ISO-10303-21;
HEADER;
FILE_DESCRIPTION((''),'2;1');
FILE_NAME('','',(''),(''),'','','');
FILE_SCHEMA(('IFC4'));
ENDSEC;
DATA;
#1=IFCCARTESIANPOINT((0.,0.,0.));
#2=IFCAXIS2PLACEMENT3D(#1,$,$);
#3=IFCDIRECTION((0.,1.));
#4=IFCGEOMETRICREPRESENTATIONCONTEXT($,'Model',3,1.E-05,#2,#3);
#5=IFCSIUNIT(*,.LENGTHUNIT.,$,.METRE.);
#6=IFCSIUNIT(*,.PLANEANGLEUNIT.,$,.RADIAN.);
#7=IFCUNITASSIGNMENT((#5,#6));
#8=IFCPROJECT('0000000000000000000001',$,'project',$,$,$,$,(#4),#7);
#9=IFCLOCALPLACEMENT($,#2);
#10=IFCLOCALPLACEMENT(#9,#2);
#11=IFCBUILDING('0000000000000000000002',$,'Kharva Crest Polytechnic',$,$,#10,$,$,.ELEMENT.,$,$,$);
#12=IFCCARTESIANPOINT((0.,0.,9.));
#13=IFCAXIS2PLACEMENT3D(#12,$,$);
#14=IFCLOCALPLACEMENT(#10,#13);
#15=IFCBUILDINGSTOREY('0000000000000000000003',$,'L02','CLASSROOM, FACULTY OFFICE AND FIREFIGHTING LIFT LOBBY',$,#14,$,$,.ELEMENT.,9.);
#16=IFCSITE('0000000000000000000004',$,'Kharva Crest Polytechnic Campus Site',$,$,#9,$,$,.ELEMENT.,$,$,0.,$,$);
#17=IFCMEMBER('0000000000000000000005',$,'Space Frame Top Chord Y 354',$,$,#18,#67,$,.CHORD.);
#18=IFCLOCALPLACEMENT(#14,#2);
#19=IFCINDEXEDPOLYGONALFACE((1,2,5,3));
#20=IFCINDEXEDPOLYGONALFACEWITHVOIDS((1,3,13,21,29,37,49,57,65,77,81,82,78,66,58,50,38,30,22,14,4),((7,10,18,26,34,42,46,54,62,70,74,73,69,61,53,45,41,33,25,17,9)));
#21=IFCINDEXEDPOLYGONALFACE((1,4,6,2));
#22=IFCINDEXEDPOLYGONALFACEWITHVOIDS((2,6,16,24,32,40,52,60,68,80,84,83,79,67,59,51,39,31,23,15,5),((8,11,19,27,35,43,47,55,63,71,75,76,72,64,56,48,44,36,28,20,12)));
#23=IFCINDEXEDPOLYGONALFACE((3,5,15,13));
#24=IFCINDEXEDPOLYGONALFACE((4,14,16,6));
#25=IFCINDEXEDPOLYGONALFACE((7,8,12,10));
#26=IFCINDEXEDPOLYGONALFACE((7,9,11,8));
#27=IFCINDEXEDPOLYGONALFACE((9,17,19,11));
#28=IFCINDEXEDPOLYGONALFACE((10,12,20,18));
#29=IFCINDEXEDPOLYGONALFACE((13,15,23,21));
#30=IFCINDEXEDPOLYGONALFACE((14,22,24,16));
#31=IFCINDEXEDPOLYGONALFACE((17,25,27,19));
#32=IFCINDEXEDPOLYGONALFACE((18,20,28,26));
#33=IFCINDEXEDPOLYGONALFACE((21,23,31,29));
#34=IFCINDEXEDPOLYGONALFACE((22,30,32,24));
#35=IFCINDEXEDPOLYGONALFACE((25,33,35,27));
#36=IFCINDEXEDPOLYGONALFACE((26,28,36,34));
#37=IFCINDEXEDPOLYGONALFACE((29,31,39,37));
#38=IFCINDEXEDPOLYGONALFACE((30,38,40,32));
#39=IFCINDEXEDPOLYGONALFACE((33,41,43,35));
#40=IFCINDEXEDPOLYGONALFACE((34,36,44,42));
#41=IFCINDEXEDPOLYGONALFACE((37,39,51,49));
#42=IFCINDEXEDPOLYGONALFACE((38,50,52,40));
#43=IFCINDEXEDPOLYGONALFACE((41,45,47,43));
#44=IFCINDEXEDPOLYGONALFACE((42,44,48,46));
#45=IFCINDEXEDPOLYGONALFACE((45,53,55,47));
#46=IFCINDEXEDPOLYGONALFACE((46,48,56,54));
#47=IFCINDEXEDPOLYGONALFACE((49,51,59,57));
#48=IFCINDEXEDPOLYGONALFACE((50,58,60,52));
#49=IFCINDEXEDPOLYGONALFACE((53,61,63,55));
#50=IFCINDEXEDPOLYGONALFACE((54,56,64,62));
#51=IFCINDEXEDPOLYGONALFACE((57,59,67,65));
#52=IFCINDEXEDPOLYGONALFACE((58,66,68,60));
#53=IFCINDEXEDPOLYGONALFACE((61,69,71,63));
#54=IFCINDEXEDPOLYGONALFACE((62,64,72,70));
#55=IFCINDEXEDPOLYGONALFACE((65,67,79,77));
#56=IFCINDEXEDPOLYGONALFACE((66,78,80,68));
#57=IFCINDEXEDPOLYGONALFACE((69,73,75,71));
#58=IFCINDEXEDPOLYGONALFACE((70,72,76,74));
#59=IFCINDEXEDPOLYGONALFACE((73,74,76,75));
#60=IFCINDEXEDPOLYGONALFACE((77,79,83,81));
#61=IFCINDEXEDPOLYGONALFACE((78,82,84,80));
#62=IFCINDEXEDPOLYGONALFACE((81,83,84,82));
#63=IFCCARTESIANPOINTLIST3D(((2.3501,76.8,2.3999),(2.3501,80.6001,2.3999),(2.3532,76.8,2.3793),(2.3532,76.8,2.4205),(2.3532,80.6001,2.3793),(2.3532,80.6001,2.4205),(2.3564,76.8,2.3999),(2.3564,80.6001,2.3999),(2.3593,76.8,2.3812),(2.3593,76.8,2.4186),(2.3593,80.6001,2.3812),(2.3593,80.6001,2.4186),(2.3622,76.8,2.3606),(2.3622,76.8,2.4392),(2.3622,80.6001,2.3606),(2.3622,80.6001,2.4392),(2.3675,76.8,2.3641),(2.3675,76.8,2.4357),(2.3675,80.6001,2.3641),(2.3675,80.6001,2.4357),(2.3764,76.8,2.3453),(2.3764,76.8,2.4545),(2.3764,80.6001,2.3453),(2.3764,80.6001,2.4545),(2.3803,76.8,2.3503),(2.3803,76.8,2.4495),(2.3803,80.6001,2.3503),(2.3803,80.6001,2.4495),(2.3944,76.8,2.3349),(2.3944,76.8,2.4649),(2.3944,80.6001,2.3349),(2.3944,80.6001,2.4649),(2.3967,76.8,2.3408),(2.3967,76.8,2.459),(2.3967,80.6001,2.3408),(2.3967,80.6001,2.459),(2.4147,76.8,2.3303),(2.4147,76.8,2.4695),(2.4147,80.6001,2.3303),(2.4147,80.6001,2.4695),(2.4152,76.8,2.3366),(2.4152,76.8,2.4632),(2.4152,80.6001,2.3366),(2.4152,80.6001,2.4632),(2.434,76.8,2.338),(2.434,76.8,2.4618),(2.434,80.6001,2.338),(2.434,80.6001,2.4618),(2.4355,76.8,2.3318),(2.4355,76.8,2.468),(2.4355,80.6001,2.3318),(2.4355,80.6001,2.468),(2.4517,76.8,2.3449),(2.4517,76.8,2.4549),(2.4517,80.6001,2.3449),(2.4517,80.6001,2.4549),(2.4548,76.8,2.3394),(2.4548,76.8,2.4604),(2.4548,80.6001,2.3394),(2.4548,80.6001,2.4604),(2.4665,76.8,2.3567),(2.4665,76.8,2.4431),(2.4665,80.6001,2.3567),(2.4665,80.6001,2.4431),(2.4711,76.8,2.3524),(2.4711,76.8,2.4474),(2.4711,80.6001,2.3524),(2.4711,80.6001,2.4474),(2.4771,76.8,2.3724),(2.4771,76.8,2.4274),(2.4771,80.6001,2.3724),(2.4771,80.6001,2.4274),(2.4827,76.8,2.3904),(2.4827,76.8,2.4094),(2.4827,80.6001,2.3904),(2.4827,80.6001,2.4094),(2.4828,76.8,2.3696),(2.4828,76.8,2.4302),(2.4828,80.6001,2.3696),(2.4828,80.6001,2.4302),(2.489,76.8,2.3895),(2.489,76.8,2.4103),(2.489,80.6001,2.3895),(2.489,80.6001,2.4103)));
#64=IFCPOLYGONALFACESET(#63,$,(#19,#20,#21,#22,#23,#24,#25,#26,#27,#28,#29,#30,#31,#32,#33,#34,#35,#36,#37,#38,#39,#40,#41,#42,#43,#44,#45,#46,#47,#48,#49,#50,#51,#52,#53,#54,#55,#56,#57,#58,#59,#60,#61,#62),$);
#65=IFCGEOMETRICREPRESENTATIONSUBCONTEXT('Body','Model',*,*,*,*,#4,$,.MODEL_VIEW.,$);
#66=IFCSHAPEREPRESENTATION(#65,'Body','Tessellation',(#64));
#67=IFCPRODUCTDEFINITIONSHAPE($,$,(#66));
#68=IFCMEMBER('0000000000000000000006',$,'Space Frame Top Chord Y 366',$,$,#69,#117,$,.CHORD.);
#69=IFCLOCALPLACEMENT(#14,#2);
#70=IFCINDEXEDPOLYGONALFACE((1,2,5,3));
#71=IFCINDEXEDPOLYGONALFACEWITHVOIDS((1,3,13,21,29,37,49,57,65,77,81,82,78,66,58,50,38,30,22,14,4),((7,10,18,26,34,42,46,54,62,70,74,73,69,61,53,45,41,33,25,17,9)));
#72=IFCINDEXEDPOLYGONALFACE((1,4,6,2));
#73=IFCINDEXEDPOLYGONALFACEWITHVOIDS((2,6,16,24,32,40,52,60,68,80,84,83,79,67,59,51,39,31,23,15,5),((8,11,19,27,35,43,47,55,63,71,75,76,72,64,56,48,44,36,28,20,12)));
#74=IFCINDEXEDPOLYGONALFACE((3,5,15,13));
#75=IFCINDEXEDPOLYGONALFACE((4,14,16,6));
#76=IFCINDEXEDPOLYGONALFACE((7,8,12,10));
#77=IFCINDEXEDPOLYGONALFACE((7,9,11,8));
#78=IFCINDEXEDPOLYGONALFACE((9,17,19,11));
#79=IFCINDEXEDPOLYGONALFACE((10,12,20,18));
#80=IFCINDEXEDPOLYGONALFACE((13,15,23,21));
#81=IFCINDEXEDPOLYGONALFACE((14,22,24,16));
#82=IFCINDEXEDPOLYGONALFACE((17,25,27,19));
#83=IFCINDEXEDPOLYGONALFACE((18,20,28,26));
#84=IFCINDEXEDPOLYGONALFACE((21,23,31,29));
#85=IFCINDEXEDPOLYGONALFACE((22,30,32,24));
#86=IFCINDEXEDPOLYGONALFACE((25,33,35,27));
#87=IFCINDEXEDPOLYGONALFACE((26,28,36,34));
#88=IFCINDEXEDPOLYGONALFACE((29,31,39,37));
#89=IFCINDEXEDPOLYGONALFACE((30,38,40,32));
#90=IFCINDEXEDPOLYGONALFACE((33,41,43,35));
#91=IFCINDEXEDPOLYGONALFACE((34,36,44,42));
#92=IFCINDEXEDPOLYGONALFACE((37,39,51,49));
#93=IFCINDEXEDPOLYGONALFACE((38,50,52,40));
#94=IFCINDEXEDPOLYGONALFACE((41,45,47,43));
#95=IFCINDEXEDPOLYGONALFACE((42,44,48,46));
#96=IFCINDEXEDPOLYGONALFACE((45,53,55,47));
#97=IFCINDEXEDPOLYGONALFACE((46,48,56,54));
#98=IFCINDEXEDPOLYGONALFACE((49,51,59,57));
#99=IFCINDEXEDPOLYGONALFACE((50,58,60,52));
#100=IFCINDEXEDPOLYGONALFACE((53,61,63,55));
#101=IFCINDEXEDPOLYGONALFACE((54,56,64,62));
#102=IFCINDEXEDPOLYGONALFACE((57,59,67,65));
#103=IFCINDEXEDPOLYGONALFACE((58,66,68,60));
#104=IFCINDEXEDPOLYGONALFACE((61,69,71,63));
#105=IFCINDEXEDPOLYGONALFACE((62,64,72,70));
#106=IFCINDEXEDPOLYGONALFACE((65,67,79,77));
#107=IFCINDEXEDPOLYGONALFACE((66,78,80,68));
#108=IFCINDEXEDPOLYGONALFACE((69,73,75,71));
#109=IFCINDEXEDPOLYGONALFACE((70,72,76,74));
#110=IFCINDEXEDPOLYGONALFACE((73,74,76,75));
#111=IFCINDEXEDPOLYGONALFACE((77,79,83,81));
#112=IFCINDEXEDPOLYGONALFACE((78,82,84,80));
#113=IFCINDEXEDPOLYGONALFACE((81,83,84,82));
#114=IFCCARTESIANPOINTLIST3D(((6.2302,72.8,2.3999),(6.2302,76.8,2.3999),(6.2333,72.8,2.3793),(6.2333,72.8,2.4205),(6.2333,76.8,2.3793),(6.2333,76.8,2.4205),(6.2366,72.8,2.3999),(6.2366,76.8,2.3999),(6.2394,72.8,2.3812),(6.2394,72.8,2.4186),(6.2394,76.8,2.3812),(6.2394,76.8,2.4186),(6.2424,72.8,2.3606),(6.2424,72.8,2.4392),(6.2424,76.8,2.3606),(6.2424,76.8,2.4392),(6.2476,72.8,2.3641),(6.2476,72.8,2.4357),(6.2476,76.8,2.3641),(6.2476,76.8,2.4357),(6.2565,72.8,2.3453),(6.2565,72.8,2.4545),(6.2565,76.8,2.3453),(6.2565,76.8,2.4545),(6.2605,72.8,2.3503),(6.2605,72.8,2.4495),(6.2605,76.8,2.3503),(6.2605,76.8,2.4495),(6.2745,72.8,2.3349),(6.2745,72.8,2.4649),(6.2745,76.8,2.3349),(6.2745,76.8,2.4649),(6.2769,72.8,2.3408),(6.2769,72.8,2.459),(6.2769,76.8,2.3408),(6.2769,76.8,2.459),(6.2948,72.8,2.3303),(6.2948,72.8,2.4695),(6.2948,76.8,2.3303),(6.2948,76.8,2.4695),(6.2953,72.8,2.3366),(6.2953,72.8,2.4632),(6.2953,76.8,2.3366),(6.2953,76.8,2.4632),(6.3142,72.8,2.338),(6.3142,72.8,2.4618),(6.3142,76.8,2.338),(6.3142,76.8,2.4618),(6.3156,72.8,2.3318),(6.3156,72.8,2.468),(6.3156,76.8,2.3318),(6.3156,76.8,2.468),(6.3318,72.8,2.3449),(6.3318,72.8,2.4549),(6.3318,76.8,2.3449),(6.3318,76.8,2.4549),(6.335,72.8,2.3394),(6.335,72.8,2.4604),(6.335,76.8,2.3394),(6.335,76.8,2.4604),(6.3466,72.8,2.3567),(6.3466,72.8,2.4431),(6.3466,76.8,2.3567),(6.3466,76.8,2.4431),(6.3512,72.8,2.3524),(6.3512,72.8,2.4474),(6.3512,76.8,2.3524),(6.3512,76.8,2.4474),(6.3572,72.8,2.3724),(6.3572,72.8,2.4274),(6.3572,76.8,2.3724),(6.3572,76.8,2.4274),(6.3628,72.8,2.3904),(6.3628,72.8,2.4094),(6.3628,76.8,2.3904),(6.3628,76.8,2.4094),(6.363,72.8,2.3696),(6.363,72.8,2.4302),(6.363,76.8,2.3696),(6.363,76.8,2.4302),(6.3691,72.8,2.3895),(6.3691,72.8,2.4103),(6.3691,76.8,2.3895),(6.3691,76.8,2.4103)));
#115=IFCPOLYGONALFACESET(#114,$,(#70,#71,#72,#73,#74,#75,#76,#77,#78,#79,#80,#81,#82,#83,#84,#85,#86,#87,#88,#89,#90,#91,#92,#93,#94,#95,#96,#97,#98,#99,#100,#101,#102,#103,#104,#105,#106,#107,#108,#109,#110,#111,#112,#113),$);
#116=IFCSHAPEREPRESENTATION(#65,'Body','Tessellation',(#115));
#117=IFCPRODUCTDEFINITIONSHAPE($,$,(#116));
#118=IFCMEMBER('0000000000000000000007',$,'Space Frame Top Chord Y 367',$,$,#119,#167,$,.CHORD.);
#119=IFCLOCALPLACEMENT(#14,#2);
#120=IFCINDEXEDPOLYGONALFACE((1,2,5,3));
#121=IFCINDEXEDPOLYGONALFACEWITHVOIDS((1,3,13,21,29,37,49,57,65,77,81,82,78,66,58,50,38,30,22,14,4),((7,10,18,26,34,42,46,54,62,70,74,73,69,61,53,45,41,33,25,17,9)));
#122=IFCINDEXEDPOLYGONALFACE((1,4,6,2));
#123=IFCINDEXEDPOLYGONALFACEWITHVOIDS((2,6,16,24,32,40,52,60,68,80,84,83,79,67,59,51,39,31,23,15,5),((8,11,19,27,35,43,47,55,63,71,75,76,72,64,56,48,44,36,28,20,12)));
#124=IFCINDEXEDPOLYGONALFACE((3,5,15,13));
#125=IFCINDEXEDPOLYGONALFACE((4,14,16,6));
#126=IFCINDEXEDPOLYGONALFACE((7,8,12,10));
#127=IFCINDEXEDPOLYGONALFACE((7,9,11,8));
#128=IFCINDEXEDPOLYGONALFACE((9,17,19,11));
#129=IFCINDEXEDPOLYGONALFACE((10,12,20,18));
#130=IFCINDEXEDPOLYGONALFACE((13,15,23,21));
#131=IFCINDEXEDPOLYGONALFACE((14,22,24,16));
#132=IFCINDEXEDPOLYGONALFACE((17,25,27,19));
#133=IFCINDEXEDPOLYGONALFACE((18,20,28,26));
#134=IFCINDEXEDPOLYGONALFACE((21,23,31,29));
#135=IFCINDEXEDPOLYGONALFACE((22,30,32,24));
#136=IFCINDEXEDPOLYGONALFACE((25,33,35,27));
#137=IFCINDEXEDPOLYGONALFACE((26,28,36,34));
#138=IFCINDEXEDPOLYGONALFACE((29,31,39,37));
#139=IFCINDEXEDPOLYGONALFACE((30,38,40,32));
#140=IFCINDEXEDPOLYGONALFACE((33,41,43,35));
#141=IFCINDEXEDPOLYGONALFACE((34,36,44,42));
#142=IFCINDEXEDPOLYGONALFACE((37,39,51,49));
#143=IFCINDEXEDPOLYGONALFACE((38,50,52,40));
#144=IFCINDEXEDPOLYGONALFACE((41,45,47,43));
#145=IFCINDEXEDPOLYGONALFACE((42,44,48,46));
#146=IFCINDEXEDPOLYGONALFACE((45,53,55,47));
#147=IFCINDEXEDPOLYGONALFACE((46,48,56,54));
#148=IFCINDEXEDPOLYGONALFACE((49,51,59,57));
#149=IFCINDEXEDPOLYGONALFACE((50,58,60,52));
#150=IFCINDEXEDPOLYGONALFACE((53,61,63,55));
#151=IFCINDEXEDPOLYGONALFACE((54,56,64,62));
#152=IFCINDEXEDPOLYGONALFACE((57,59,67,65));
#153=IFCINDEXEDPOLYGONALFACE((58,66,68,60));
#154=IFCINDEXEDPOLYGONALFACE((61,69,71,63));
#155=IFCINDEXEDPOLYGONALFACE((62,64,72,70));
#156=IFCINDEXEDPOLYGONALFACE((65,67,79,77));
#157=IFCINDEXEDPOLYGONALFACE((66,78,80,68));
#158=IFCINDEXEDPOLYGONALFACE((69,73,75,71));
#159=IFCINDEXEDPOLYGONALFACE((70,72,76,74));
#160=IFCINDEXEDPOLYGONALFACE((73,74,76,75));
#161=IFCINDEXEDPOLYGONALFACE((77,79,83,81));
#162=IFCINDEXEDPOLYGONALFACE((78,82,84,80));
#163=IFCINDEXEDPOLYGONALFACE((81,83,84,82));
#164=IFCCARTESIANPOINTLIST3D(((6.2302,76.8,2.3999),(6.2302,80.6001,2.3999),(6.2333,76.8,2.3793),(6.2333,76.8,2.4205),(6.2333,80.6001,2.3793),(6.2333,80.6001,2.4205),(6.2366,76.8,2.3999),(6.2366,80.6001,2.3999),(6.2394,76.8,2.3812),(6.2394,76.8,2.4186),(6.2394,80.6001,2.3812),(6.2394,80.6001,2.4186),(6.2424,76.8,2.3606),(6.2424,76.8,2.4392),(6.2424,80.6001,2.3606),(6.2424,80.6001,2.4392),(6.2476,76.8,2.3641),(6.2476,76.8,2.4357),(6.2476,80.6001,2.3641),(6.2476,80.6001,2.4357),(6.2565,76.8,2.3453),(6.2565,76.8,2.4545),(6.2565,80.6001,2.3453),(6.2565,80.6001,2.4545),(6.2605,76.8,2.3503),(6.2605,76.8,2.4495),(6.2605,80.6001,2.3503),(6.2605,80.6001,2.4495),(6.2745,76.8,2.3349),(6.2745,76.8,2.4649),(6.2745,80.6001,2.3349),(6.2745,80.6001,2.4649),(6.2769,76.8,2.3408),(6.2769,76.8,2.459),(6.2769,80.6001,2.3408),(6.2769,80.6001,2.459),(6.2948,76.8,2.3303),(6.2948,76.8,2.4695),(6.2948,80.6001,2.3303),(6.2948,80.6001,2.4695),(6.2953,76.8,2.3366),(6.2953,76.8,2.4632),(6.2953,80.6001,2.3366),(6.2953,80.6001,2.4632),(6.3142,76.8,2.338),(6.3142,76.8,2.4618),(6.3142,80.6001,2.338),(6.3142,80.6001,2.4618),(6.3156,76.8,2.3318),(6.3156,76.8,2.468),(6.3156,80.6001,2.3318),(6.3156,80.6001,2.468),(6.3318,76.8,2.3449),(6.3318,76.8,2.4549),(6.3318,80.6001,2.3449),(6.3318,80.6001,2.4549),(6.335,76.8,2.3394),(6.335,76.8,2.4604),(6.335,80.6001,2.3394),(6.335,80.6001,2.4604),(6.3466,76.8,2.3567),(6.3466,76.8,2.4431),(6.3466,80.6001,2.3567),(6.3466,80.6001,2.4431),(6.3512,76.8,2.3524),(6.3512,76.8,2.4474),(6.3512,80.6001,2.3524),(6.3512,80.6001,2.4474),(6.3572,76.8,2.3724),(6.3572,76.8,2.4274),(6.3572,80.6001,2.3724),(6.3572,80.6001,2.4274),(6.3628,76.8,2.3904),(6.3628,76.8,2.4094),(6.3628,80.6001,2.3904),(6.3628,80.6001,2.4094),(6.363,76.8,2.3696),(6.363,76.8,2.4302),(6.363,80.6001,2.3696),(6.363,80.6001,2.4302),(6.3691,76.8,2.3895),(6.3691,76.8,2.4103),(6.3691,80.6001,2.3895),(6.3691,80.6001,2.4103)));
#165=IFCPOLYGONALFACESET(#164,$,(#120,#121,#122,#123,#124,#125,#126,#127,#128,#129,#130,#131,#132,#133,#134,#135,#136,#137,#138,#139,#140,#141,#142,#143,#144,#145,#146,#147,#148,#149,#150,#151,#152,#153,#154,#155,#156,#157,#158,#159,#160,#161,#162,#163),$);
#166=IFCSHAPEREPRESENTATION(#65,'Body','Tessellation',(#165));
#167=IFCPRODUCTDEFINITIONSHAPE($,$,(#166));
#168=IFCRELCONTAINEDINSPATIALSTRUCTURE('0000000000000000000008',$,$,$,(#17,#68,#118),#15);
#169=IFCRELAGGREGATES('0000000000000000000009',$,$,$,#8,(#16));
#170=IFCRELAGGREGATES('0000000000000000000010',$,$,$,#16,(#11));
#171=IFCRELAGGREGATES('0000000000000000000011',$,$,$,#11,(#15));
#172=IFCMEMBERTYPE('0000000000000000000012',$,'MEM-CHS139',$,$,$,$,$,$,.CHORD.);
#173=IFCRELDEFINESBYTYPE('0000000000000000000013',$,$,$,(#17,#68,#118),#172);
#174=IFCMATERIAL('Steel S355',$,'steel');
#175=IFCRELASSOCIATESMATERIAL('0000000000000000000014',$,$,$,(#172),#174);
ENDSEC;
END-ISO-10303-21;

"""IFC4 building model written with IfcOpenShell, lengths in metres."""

from ifc_helpers import new_model, si_unit, direction, frame, origin, origin_2d, place, context, subcontext, project, spatial, hollow_circle, extrude, material, material_profile, profile_set, type_object, element, save


model = new_model("IFC4")

# Units and contexts
model_context = context("Model", 3, precision=1e-05, world=origin(), true_north=direction((0.0, 1.0)))
body_context = subcontext(model_context, "Body", "Model", "MODEL_VIEW")
ifc_project = project(units=[si_unit("LENGTHUNIT", "METRE"), si_unit("PLANEANGLEUNIT", "RADIAN")], contexts=[model_context])

# Site, building, storey
site_placement = place(None, origin())
site = spatial("IfcSite", under=ifc_project, at=site_placement, Name="Kharva Crest Polytechnic Campus Site", CompositionType="ELEMENT", RefElevation=0.0)
building_placement = place(site_placement, origin())
building = spatial("IfcBuilding", under=site, at=building_placement, Name="Kharva Crest Polytechnic", CompositionType="ELEMENT")
storey_placement = place(building_placement, frame((0.0, 0.0, 9.0)))
storey = spatial("IfcBuildingStorey", under=building, at=storey_placement, Name="L02", Description="CLASSROOM, FACULTY OFFICE AND FIREFIGHTING LIFT LOBBY", CompositionType="ELEMENT", Elevation=9.0)

# Shared definitions
ifc_material_1 = material(Name="Steel S355", Category="steel")

# Members
ifc_material_profile_1 = material_profile(ifc_material_1, hollow_circle(Radius=0.0698, WallThickness=0.0063, at=origin_2d()), Name="CHS 139.7X6.3")
ifc_profile_set_1 = profile_set([ifc_material_profile_1], Name="Steel S355")
member_type_1 = type_object("IfcMemberType", Name="MEM-CHS139", PredefinedType="CHORD", material=ifc_profile_set_1)
member_1_placement = place(storey_placement, frame((2.4199, 76.8, 2.3999), z_axis=(0.0, 1.0, 0.0), x_axis=(-1.0, 0.0, 0.0)))
element("IfcMember", 1, at=member_1_placement, inside=storey, type_object=member_type_1, Name="Space Frame Top Chord Y 354", PredefinedType="CHORD", context=body_context, shape_type="SweptSolid", body=[
    extrude(hollow_circle(Radius=0.0698, WallThickness=0.0063, at=origin_2d()), origin(), (0.0, 0.0, 1.0), 3.8),
])
member_2_placement = place(storey_placement, frame((6.3, 72.8, 2.3999), z_axis=(0.0, 1.0, 0.0), x_axis=(-1.0, 0.0, 0.0)))
element("IfcMember", 2, at=member_2_placement, inside=storey, type_object=member_type_1, Name="Space Frame Top Chord Y 366", PredefinedType="CHORD", context=body_context, shape_type="SweptSolid", body=[
    extrude(hollow_circle(Radius=0.0698, WallThickness=0.0063, at=origin_2d()), origin(), (0.0, 0.0, 1.0), 4.0),
])
member_3_placement = place(storey_placement, frame((6.3, 76.8, 2.3999), z_axis=(0.0, 1.0, 0.0), x_axis=(-1.0, 0.0, 0.0)))
element("IfcMember", 3, at=member_3_placement, inside=storey, type_object=member_type_1, Name="Space Frame Top Chord Y 367", PredefinedType="CHORD", context=body_context, shape_type="SweptSolid", body=[
    extrude(hollow_circle(Radius=0.0698, WallThickness=0.0063, at=origin_2d()), origin(), (0.0, 0.0, 1.0), 3.8),
])

save(model, "model.ifc")
